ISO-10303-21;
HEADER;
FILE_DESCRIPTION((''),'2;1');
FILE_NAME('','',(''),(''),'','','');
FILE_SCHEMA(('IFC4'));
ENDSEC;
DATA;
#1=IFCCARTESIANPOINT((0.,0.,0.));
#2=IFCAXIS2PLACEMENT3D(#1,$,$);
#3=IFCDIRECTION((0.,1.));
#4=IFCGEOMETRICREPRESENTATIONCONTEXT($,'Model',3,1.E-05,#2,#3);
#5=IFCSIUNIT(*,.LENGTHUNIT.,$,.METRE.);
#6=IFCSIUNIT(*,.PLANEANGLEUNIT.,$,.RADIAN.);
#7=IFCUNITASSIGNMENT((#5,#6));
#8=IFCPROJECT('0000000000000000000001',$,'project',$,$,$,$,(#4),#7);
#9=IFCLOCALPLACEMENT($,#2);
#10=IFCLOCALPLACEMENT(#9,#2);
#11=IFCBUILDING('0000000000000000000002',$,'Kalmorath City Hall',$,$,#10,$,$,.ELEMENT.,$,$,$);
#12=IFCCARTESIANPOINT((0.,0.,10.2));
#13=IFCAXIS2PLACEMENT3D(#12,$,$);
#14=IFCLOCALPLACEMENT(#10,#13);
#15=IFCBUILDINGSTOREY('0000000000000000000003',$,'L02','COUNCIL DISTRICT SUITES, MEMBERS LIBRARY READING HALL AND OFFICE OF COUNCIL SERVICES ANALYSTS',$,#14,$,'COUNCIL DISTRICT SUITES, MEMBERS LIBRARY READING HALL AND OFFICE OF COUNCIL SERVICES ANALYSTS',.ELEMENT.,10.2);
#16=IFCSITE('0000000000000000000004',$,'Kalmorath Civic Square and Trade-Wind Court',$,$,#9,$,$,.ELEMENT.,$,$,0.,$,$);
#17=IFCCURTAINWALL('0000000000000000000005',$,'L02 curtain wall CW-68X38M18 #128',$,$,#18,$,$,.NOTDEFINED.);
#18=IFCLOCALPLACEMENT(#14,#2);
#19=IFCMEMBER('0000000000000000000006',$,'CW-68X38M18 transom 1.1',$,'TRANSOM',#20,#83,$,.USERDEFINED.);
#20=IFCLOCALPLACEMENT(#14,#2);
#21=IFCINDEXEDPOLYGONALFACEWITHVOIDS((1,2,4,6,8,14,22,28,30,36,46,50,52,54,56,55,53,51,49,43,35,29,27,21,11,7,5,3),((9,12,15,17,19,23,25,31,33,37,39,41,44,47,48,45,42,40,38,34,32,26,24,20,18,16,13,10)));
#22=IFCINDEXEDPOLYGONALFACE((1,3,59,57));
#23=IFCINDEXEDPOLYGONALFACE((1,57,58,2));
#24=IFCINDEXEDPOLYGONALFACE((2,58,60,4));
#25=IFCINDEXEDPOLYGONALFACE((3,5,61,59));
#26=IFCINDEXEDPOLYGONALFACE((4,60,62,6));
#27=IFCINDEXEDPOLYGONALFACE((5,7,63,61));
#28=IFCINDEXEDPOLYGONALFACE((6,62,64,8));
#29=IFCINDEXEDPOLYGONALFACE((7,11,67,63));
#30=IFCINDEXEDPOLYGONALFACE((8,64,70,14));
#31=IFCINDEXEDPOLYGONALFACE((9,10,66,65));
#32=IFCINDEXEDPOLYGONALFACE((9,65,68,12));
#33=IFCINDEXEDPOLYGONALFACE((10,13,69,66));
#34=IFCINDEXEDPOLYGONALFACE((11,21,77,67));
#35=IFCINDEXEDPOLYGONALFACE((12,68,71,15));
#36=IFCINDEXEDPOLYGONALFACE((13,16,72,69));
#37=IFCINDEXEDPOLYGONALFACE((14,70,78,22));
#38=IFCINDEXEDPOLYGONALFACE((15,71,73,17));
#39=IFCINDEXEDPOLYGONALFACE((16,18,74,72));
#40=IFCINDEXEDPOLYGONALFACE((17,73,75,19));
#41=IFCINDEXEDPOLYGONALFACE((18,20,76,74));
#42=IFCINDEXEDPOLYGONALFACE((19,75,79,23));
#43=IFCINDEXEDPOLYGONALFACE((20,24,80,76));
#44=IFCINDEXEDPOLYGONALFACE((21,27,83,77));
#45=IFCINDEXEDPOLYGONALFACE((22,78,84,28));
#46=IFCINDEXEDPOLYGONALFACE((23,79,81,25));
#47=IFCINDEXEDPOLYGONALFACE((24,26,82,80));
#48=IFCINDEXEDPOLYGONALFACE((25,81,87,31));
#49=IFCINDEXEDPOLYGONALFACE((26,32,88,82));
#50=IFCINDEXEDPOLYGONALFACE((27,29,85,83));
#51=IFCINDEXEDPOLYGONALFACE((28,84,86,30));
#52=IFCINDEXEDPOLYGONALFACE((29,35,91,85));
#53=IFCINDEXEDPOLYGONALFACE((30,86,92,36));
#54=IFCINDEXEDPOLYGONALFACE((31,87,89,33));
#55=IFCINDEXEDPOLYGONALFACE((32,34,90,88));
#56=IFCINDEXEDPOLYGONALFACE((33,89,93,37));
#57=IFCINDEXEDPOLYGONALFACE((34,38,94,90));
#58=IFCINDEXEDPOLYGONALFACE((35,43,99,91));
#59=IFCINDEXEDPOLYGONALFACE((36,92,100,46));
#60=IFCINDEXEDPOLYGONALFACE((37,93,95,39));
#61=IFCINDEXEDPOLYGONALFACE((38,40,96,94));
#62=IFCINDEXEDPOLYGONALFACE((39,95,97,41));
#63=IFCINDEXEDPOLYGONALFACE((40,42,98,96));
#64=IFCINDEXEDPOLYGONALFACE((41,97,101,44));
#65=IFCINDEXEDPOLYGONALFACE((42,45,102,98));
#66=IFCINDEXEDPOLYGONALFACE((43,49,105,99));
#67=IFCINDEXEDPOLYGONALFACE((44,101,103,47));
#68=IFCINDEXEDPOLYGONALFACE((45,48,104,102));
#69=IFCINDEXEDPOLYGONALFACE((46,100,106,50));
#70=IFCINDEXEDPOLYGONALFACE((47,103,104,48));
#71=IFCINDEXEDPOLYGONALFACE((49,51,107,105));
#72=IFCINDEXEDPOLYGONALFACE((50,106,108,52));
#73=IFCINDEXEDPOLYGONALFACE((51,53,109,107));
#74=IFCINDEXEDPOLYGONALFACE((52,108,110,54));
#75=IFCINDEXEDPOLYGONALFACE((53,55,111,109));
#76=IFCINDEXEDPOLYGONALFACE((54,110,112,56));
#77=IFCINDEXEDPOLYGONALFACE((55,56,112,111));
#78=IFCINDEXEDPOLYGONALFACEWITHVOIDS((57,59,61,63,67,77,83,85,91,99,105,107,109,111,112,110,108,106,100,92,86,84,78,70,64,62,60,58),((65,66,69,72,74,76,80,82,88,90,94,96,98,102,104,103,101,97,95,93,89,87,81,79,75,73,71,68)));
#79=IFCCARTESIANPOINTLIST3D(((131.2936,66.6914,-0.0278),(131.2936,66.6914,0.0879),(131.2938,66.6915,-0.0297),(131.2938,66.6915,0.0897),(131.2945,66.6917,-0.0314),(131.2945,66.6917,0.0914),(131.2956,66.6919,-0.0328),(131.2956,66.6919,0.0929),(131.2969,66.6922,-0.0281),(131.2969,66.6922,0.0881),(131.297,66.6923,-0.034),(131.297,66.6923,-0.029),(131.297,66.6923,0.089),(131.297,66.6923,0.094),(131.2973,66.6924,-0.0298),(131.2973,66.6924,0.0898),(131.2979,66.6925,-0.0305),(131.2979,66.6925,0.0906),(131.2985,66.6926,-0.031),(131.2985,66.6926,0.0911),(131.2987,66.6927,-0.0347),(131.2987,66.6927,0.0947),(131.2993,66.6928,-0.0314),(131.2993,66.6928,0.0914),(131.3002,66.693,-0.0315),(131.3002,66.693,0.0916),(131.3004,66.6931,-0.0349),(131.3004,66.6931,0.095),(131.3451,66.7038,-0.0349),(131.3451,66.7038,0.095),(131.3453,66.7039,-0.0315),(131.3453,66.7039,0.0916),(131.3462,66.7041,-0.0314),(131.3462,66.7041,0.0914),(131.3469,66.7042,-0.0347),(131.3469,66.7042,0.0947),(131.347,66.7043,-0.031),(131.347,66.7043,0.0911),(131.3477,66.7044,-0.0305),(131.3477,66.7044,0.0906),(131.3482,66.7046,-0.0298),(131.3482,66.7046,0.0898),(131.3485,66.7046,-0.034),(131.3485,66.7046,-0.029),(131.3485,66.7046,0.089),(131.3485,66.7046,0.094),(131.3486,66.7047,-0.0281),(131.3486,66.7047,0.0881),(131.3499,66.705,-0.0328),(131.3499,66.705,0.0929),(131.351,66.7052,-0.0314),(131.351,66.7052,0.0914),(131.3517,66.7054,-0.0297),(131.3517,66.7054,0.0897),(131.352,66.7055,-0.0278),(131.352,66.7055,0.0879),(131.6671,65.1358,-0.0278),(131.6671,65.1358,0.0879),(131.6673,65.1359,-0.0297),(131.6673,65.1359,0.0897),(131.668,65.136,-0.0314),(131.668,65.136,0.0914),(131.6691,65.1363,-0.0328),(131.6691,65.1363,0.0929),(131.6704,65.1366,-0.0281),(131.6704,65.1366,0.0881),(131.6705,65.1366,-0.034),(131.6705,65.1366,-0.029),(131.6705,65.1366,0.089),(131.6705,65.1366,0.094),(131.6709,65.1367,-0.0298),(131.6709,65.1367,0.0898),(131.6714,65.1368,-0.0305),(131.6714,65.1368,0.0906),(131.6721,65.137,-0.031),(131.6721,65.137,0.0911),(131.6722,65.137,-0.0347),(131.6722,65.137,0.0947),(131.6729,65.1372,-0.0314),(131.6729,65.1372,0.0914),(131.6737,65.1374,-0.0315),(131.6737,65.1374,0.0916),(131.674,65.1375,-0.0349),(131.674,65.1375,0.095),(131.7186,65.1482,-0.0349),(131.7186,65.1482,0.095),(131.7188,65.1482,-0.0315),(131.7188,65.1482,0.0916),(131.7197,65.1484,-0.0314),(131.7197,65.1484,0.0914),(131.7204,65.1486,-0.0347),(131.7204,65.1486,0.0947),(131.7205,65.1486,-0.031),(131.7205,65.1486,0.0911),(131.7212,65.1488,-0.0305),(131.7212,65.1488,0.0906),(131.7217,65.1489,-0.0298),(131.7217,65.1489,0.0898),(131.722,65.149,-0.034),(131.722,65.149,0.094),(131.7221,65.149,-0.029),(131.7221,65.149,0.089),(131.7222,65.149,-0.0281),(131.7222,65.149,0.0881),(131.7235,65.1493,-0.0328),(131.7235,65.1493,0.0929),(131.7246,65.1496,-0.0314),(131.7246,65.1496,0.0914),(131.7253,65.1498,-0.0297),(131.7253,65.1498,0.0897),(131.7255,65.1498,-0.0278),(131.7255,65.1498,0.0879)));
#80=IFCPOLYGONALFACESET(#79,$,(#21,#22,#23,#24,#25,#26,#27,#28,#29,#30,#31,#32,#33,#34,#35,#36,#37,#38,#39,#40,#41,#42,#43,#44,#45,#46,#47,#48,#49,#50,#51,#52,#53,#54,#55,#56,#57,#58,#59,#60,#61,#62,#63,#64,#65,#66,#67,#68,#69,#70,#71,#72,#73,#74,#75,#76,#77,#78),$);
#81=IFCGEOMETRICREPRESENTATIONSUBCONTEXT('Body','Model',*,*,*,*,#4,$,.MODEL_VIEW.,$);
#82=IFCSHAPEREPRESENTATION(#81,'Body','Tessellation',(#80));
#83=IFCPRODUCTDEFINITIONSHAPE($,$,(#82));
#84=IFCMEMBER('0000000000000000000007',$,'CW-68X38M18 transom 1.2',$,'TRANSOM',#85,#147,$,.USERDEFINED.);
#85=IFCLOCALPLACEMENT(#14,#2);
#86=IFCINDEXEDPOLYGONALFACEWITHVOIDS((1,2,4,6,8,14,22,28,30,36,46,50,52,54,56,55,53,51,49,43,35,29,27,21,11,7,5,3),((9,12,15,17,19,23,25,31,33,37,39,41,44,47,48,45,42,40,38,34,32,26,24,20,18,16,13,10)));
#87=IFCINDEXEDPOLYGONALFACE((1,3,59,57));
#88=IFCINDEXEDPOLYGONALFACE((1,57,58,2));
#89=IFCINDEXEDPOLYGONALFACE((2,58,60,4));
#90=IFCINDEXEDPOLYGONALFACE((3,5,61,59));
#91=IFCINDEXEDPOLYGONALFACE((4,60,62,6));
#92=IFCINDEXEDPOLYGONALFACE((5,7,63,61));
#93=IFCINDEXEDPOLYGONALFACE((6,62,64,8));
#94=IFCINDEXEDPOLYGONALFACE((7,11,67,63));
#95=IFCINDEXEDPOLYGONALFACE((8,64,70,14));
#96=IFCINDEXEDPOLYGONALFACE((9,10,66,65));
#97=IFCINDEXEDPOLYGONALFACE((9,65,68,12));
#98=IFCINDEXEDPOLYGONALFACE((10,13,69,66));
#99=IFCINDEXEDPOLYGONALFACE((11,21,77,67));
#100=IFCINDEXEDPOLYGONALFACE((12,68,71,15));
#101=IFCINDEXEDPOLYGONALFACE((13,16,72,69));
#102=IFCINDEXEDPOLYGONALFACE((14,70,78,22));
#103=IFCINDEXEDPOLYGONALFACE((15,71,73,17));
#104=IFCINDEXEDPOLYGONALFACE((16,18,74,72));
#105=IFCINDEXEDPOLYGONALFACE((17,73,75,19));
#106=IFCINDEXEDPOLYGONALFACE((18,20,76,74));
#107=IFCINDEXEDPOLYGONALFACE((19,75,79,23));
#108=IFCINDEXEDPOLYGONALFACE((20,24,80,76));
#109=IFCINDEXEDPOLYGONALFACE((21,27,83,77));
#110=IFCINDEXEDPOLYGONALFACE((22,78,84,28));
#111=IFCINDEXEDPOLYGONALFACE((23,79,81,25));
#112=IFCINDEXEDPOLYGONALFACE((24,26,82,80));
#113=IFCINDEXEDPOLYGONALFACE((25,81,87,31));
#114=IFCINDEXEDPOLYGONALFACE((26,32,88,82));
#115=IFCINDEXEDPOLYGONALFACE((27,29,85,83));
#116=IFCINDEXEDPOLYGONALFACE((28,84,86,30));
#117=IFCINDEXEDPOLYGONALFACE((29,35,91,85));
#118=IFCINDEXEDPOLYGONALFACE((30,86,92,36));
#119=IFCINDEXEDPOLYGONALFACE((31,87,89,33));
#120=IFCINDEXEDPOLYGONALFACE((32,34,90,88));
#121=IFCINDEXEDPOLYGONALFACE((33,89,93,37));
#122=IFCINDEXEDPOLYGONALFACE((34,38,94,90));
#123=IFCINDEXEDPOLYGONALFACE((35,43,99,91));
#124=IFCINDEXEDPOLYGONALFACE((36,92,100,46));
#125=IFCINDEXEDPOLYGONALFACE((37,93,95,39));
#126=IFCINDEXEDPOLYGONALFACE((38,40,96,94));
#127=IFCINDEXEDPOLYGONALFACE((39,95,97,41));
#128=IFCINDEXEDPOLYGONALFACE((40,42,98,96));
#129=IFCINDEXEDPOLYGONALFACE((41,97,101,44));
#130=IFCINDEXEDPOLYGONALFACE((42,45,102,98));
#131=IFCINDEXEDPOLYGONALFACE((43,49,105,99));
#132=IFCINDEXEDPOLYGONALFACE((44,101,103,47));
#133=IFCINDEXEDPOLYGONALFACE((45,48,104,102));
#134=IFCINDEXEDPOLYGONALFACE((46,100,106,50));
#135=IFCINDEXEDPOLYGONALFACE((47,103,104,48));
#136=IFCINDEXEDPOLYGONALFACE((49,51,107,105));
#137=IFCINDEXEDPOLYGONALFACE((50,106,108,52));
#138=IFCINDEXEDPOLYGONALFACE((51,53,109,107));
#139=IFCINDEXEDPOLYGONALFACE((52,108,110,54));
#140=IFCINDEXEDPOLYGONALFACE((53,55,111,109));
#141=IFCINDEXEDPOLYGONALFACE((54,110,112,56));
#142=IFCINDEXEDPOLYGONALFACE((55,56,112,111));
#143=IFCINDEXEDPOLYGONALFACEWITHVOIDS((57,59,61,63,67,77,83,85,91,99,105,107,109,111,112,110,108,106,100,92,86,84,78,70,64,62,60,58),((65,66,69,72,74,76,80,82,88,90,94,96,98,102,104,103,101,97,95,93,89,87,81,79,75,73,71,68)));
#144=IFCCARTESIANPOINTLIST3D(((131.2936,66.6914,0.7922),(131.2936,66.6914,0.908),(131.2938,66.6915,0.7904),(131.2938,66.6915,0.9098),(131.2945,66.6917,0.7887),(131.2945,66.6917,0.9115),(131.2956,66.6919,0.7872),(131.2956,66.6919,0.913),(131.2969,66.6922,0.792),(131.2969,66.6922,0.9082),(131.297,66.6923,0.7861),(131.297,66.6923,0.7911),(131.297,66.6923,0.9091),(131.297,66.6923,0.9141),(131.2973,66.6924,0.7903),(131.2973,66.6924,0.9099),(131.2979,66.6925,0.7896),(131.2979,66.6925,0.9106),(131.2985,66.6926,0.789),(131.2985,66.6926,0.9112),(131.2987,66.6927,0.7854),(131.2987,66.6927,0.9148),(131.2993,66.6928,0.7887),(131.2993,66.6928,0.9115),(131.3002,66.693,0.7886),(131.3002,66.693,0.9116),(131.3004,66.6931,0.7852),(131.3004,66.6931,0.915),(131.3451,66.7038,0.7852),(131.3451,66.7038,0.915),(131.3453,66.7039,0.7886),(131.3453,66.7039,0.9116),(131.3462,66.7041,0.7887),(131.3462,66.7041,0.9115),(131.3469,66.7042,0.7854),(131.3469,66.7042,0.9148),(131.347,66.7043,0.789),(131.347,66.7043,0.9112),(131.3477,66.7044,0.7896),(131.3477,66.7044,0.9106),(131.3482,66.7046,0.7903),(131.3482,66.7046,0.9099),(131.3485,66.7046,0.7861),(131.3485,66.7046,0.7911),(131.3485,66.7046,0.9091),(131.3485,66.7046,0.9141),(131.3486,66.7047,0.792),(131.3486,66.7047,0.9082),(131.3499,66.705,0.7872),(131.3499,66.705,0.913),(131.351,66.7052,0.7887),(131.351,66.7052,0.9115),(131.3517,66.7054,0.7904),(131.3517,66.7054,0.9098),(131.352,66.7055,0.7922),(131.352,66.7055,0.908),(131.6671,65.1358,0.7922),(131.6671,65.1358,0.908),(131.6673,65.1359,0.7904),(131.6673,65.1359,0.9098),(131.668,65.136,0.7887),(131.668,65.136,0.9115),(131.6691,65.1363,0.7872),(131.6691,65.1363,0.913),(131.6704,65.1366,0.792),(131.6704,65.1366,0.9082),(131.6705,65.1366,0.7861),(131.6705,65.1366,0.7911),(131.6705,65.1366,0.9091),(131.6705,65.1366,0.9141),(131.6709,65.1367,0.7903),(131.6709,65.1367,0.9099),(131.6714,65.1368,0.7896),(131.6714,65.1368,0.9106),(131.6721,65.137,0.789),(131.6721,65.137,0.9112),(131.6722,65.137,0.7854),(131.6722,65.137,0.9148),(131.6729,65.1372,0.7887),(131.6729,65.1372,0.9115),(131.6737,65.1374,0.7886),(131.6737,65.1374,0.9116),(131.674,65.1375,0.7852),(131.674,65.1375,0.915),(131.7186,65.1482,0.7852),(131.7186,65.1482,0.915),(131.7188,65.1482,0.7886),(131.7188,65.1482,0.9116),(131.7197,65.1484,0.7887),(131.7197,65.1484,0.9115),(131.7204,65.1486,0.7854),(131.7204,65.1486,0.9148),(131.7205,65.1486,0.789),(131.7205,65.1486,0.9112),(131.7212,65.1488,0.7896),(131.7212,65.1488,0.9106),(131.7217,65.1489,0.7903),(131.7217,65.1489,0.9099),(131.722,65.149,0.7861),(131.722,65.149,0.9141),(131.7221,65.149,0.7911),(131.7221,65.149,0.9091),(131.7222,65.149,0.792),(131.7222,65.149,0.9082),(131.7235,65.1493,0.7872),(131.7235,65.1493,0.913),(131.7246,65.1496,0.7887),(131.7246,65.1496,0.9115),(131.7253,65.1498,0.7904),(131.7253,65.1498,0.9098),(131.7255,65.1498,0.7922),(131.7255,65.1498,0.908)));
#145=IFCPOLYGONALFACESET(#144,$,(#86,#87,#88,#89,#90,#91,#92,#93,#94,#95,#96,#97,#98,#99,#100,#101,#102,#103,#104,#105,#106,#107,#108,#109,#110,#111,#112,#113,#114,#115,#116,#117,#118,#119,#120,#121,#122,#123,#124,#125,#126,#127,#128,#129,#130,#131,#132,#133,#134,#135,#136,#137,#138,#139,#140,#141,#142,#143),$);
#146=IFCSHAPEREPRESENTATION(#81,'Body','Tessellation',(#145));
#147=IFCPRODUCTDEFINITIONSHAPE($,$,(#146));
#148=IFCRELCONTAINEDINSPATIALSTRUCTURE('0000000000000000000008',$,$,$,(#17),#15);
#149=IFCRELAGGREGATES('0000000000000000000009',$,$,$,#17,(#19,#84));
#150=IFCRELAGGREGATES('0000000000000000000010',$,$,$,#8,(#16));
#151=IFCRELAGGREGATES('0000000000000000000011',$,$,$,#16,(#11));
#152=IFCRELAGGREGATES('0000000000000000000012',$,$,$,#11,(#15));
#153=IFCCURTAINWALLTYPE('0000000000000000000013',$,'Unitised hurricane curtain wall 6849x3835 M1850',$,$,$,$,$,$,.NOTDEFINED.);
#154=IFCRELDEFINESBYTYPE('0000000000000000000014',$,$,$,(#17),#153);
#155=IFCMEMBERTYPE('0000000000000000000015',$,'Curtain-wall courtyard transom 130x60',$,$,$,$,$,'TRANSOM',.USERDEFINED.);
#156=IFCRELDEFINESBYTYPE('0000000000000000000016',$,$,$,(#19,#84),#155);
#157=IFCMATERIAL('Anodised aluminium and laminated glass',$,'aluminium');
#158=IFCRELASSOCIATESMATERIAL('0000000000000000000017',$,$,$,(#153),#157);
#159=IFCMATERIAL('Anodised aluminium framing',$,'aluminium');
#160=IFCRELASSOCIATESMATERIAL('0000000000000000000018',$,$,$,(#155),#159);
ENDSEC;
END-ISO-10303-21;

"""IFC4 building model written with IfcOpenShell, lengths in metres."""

from ifc_helpers import new_model, si_unit, direction, frame, origin, origin_2d, place, context, subcontext, project, spatial, hollow_rectangle, extrude, material, material_profile, profile_set, type_object, element, aggregate, save


model = new_model("IFC4")

# Units and contexts
model_context = context("Model", 3, precision=1e-05, world=origin(), true_north=direction((0.0, 1.0)))
body_context = subcontext(model_context, "Body", "Model", "MODEL_VIEW")
ifc_project = project(units=[si_unit("LENGTHUNIT", "METRE"), si_unit("PLANEANGLEUNIT", "RADIAN")], contexts=[model_context])

# Site, building, storey
site_placement = place(None, origin())
site = spatial("IfcSite", under=ifc_project, at=site_placement, Name="Kalmorath Civic Square and Trade-Wind Court", CompositionType="ELEMENT", RefElevation=0.0)
building_placement = place(site_placement, origin())
building = spatial("IfcBuilding", under=site, at=building_placement, Name="Kalmorath City Hall", CompositionType="ELEMENT")
storey_placement = place(building_placement, frame((0.0, 0.0, 10.2)))
storey = spatial("IfcBuildingStorey", under=building, at=storey_placement, Name="L02", Description="COUNCIL DISTRICT SUITES, MEMBERS LIBRARY READING HALL AND OFFICE OF COUNCIL SERVICES ANALYSTS", LongName="COUNCIL DISTRICT SUITES, MEMBERS LIBRARY READING HALL AND OFFICE OF COUNCIL SERVICES ANALYSTS", CompositionType="ELEMENT", Elevation=10.2)

# Curtain wall, members
ifc_material_1 = material(Name="Anodised aluminium and laminated glass", Category="aluminium")
curtain_wall_type = type_object("IfcCurtainWallType", Name="Unitised hurricane curtain wall 6849x3835 M1850", PredefinedType="NOTDEFINED", material=ifc_material_1)
ifc_material_2 = material(Name="Anodised aluminium framing", Category="aluminium")
ifc_material_profile_1 = material_profile(ifc_material_2, hollow_rectangle(XDim=0.0601, YDim=0.1299, WallThickness=0.0034, InnerFilletRadius=0.0034, OuterFilletRadius=0.0071, at=origin_2d()), Name="ALU-TRN-130X60X3.5")
ifc_profile_set_1 = profile_set([ifc_material_profile_1], Name="Anodised aluminium framing")
member_type_1 = type_object("IfcMemberType", Name="Curtain-wall courtyard transom 130x60", ElementType="TRANSOM", PredefinedType="USERDEFINED", material=ifc_profile_set_1)
curtain_wall_1_placement = place(storey_placement, origin())
curtain_wall_1 = element("IfcCurtainWall", 1, at=curtain_wall_1_placement, inside=storey, type_object=curtain_wall_type, Name="L02 curtain wall CW-68X38M18 #128", PredefinedType="NOTDEFINED")
member_1_placement = place(storey_placement, frame((131.6963, 65.1428, 0.03), z_axis=(-0.233477, 0.972362, 0.0), x_axis=(-0.972362, -0.233477, 0.0)))
member_1 = element("IfcMember", 2, at=member_1_placement, type_object=member_type_1, Name="CW-68X38M18 transom 1.1", ObjectType="TRANSOM", PredefinedType="USERDEFINED", context=body_context, shape_type="SweptSolid", body=[
    extrude(hollow_rectangle(XDim=0.0601, YDim=0.1299, WallThickness=0.0034, InnerFilletRadius=0.0034, OuterFilletRadius=0.0071, at=origin_2d()), origin(), (0.0, 0.0, 1.0), 1.5999),
])
member_2_placement = place(storey_placement, frame((131.6963, 65.1428, 0.8501), z_axis=(-0.233477, 0.972362, 0.0), x_axis=(-0.972362, -0.233477, 0.0)))
member_2 = element("IfcMember", 3, at=member_2_placement, type_object=member_type_1, Name="CW-68X38M18 transom 1.2", ObjectType="TRANSOM", PredefinedType="USERDEFINED", context=body_context, shape_type="SweptSolid", body=[
    extrude(hollow_rectangle(XDim=0.0601, YDim=0.1299, WallThickness=0.0034, InnerFilletRadius=0.0034, OuterFilletRadius=0.0071, at=origin_2d()), origin(), (0.0, 0.0, 1.0), 1.5999),
])

aggregate(curtain_wall_1, [member_1, member_2])

save(model, "model.ifc")
